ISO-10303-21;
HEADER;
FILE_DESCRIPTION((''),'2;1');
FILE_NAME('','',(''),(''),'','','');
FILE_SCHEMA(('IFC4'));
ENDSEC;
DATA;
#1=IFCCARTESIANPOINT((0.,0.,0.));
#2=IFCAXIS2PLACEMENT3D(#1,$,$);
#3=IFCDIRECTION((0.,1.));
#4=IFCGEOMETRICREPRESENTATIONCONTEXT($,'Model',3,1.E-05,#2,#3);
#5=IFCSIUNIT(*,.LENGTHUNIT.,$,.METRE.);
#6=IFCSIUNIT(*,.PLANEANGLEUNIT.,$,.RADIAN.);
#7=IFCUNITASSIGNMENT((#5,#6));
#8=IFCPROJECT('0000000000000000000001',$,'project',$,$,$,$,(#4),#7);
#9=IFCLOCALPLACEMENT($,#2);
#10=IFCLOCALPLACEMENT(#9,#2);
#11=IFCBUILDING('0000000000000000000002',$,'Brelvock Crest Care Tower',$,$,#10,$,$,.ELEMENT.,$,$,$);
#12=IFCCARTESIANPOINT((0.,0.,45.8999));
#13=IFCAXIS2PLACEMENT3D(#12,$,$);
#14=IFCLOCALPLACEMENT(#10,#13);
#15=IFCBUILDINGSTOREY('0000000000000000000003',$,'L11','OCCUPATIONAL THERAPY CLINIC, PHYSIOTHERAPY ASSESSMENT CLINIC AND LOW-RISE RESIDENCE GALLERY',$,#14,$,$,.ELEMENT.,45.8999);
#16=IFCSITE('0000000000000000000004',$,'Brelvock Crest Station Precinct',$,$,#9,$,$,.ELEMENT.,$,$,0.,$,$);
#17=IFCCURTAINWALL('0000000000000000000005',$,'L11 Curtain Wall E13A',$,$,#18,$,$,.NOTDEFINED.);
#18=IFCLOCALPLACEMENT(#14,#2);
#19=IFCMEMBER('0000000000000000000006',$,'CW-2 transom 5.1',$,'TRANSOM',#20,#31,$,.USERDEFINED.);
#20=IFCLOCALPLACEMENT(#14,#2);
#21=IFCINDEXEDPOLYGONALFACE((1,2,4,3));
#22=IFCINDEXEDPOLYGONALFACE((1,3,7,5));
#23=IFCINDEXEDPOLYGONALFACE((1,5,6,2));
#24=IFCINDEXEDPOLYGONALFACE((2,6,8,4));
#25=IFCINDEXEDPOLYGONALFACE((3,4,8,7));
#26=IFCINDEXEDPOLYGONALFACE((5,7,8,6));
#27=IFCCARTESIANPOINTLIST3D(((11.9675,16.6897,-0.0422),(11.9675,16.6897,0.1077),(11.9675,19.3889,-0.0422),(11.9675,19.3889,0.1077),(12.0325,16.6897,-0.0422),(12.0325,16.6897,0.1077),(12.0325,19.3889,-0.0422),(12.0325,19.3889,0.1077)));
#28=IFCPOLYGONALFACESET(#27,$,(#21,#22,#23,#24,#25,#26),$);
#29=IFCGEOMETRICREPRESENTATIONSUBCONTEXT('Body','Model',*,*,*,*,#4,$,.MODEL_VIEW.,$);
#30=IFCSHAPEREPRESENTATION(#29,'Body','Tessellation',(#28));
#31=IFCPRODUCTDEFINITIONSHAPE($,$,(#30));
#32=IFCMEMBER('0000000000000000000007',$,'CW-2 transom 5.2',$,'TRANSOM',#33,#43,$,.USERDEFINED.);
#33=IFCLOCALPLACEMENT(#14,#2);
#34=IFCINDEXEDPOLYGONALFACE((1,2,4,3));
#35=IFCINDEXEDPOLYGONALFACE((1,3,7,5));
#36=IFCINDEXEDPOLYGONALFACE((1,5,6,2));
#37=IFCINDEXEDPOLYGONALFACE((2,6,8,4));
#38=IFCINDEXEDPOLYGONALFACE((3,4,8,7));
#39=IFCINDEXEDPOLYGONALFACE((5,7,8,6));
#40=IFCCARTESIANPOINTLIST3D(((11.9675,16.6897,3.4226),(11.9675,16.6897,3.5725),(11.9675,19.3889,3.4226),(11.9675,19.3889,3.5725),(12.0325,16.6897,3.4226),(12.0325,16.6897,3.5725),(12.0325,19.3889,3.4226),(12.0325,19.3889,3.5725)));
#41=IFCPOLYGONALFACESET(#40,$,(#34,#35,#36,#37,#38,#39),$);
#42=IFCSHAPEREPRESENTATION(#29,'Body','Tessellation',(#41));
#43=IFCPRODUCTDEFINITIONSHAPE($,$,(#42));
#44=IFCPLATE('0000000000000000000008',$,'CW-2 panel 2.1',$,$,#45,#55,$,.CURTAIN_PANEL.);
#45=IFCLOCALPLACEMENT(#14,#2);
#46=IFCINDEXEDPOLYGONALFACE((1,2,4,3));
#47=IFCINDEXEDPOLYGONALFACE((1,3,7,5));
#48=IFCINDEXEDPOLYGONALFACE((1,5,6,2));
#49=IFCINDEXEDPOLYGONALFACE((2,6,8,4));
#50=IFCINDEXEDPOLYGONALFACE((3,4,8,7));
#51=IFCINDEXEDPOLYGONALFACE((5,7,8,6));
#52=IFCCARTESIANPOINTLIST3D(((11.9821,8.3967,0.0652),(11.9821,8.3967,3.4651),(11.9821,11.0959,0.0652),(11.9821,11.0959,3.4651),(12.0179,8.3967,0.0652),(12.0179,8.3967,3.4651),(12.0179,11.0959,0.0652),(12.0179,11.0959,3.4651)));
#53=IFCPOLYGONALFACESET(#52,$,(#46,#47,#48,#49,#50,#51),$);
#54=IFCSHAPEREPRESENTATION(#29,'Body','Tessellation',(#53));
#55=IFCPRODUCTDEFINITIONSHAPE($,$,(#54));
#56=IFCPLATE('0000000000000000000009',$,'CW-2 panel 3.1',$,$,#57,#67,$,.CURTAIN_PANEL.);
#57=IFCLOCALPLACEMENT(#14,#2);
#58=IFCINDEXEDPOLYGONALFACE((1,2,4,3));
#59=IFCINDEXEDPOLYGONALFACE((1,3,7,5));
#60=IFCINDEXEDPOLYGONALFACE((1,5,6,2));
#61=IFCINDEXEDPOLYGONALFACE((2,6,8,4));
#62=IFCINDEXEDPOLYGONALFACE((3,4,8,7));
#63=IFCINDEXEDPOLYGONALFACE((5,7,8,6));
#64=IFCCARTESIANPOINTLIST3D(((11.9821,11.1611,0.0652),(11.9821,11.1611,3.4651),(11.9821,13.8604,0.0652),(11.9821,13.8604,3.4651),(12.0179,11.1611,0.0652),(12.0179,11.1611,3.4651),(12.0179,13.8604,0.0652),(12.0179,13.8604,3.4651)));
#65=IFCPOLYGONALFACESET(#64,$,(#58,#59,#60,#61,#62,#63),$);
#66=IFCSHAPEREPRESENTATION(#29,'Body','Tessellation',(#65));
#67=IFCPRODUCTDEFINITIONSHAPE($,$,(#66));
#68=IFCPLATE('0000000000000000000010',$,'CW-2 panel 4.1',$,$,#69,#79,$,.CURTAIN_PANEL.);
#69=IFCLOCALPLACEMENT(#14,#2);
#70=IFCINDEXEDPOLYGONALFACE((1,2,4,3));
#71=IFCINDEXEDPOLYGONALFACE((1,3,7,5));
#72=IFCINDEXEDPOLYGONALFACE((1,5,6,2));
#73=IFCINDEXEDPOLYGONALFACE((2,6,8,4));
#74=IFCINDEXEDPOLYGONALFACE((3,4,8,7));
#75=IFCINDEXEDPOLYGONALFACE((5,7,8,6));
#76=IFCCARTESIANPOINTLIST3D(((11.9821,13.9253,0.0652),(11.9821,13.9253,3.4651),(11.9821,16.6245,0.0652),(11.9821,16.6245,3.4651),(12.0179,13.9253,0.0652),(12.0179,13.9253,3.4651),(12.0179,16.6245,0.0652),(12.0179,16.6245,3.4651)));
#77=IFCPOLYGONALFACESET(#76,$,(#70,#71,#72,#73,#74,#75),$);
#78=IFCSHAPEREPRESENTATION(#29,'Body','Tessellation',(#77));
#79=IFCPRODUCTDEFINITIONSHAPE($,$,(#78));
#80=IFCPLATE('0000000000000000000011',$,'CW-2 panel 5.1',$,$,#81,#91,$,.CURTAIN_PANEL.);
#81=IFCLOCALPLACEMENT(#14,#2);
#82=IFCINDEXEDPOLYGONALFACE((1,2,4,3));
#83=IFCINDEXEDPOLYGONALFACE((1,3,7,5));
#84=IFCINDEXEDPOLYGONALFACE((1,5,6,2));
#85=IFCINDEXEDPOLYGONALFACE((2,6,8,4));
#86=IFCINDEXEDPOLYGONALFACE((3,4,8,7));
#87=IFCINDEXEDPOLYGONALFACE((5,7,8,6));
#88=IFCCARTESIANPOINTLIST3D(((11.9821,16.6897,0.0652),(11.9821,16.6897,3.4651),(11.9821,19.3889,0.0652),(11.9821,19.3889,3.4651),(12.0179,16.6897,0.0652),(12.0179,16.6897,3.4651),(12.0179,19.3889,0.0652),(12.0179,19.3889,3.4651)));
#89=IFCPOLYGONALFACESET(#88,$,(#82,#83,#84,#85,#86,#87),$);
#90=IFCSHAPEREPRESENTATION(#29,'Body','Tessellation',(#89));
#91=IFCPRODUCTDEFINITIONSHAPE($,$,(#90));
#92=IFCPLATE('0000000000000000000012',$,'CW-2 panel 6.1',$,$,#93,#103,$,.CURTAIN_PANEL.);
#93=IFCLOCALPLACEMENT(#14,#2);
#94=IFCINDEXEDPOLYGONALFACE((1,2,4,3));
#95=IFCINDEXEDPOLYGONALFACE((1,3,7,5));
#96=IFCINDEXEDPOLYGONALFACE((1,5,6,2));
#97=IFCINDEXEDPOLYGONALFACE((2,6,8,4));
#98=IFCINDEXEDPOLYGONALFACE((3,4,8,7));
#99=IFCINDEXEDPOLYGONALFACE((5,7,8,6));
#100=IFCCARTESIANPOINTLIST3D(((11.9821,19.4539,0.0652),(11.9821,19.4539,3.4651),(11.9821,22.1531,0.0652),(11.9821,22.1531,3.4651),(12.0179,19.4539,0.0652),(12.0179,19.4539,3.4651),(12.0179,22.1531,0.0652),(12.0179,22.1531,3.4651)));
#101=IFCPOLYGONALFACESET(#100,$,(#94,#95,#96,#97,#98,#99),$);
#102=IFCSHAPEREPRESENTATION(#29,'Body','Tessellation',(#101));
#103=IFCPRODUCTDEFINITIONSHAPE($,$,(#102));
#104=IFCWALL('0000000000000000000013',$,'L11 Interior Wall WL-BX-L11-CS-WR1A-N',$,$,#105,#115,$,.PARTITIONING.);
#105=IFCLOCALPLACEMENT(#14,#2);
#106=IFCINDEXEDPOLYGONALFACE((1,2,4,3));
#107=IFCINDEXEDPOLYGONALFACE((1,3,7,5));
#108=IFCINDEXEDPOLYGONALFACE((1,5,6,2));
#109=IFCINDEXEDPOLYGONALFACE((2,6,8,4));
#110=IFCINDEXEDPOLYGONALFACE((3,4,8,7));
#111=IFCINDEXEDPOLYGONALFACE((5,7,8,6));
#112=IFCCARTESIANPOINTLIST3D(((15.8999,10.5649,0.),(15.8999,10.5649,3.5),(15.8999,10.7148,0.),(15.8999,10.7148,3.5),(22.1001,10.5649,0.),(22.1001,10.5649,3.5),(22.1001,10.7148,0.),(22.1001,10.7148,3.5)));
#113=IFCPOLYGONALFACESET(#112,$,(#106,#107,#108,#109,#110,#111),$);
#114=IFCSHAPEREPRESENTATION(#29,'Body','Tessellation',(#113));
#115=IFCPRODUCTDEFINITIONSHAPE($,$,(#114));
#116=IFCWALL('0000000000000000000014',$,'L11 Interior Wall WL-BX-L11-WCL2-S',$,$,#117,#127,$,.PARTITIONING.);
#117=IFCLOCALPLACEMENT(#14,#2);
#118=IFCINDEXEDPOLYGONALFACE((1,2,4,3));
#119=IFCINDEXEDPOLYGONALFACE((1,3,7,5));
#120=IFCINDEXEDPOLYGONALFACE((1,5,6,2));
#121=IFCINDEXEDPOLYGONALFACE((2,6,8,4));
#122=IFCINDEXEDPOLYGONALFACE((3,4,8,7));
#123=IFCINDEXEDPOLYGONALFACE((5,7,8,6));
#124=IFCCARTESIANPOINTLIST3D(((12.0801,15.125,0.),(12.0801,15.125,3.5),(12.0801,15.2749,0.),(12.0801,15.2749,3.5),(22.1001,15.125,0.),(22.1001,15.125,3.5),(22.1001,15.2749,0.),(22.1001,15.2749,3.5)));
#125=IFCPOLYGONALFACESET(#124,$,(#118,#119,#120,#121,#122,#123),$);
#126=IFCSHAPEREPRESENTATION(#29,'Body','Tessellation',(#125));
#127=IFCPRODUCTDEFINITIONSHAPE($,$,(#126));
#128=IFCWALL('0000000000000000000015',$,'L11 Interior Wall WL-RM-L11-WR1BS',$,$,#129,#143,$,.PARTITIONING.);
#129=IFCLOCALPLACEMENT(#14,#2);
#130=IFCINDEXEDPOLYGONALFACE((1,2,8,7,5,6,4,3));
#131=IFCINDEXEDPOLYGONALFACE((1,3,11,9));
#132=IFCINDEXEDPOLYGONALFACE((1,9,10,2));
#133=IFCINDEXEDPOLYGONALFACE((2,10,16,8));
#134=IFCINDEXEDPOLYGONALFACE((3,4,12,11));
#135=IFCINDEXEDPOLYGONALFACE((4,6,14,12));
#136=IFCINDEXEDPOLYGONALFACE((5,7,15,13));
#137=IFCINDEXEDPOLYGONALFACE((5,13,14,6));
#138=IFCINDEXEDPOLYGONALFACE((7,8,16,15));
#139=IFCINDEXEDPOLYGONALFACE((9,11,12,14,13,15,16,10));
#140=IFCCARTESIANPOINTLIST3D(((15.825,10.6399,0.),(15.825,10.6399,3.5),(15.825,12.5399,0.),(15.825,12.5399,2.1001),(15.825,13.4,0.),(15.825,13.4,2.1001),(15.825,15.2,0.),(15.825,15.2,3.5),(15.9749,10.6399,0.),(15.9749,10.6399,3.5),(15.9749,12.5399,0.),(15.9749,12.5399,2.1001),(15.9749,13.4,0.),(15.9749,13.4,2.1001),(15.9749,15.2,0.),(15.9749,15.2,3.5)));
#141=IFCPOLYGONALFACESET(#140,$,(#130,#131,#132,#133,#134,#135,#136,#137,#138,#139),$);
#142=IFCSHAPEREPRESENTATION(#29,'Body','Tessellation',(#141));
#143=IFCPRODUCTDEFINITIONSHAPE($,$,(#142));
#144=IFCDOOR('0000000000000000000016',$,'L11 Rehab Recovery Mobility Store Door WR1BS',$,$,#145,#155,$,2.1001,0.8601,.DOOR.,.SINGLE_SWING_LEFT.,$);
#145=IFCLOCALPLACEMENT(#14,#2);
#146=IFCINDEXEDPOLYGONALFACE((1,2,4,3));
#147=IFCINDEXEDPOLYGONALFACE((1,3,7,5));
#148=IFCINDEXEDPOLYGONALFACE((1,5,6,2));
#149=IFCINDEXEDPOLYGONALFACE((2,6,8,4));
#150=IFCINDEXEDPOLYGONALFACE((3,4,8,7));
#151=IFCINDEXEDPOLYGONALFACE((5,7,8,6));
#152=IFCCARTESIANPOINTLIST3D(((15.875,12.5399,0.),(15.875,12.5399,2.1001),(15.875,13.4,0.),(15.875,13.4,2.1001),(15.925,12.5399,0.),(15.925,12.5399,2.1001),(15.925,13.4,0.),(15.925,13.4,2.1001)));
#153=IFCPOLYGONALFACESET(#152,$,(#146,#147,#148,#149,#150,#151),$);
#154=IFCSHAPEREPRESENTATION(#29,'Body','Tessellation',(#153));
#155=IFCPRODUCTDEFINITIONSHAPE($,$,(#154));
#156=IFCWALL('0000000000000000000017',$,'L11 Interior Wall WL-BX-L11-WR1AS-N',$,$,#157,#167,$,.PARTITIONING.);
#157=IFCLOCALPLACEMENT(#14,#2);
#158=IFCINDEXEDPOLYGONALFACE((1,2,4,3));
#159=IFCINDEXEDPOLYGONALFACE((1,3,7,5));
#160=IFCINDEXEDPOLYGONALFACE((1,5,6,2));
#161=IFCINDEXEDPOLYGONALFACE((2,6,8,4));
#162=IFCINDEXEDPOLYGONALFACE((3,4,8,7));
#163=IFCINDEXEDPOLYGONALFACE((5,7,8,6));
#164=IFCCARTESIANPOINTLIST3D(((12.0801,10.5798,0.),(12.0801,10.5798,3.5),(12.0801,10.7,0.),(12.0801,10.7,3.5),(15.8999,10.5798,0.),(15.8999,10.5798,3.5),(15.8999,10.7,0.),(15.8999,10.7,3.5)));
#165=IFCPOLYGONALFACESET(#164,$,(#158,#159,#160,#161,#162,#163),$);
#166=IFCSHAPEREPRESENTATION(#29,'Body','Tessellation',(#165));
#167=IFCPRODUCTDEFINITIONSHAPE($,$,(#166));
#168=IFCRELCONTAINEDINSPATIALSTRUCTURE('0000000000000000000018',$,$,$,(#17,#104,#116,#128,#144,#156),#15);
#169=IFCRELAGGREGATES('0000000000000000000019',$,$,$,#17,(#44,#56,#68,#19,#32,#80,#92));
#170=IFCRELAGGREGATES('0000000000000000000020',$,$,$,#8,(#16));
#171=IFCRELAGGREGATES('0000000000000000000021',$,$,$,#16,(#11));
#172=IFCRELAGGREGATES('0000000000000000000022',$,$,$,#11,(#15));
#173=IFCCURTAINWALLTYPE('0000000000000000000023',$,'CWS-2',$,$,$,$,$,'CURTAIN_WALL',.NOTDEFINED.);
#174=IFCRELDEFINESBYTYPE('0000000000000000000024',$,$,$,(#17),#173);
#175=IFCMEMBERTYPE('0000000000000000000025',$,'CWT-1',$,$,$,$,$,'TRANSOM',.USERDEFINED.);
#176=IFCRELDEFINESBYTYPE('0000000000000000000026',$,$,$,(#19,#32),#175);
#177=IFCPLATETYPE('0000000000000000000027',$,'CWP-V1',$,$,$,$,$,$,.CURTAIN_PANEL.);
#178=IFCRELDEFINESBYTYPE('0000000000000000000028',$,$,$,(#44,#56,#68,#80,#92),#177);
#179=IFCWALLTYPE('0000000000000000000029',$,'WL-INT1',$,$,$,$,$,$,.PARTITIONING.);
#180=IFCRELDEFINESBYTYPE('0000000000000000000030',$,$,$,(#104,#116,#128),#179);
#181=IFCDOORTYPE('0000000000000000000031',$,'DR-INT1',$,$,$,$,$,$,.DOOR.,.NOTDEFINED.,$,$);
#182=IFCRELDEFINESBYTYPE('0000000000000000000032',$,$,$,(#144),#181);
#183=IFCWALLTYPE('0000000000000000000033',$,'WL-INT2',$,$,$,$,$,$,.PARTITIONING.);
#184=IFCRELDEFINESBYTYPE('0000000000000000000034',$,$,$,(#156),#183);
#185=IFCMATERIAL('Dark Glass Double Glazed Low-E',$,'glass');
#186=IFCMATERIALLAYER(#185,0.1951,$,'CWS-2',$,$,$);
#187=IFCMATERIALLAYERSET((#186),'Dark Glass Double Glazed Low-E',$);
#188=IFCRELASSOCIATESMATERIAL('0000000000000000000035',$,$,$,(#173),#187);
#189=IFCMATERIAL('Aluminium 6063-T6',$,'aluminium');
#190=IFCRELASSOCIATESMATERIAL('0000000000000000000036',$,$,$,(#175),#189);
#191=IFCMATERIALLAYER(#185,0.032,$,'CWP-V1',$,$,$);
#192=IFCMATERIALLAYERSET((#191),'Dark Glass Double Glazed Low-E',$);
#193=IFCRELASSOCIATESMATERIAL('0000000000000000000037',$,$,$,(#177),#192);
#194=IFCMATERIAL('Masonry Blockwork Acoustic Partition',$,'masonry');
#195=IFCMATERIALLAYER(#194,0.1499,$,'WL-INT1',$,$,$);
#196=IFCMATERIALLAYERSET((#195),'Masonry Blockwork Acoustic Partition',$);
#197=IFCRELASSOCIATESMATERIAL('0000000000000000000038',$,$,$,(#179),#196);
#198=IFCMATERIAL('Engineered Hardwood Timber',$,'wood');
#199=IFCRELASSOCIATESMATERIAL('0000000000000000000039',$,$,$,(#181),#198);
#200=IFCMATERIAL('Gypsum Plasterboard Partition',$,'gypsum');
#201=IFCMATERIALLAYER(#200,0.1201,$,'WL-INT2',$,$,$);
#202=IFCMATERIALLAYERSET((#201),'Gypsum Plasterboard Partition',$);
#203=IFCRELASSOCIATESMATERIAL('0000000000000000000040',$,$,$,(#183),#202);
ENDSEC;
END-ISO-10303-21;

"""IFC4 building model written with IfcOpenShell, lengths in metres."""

from ifc_helpers import new_model, si_unit, direction, frame, frame_2d, origin, origin_2d, place, context, subcontext, project, spatial, rectangle, extrude, source, transform, mapped, material, layer, layer_set, material_profile, profile_set, type_object, element, fill, aggregate, save


model = new_model("IFC4")

# Units and contexts
model_context = context("Model", 3, precision=1e-05, world=origin(), true_north=direction((0.0, 1.0)))
body_context = subcontext(model_context, "Body", "Model", "MODEL_VIEW")
ifc_project = project(units=[si_unit("LENGTHUNIT", "METRE"), si_unit("PLANEANGLEUNIT", "RADIAN")], contexts=[model_context])

# Site, building, storey
site_placement = place(None, origin())
site = spatial("IfcSite", under=ifc_project, at=site_placement, Name="Brelvock Crest Station Precinct", CompositionType="ELEMENT", RefElevation=0.0)
building_placement = place(site_placement, origin())
building = spatial("IfcBuilding", under=site, at=building_placement, Name="Brelvock Crest Care Tower", CompositionType="ELEMENT")
storey_placement = place(building_placement, frame((0.0, 0.0, 45.8999)))
storey = spatial("IfcBuildingStorey", under=building, at=storey_placement, Name="L11", Description="OCCUPATIONAL THERAPY CLINIC, PHYSIOTHERAPY ASSESSMENT CLINIC AND LOW-RISE RESIDENCE GALLERY", CompositionType="ELEMENT", Elevation=45.8999)

# Curtain wall, members, plates
ifc_material_1 = material(Name="Dark Glass Double Glazed Low-E", Category="glass")
ifc_layer_1 = layer(ifc_material_1, 0.1951, Name="CWS-2")
ifc_layer_set_1 = layer_set([ifc_layer_1], Name="Dark Glass Double Glazed Low-E")
curtain_wall_type = type_object("IfcCurtainWallType", Name="CWS-2", ElementType="CURTAIN_WALL", PredefinedType="NOTDEFINED", material=ifc_layer_set_1)
curtain_wall_placement = place(storey_placement, origin())
curtain_wall = element("IfcCurtainWall", 1, at=curtain_wall_placement, inside=storey, type_object=curtain_wall_type, Name="L11 Curtain Wall E13A", PredefinedType="NOTDEFINED")
ifc_material_2 = material(Name="Aluminium 6063-T6", Category="aluminium")
ifc_material_profile_1 = material_profile(ifc_material_2, rectangle(XDim=0.0649, YDim=0.1499, at=origin_2d()), Name="ALU65x150")
ifc_profile_set_1 = profile_set([ifc_material_profile_1], Name="Aluminium 6063-T6")
member_type_1 = type_object("IfcMemberType", Name="CWT-1", ElementType="TRANSOM", PredefinedType="USERDEFINED", material=ifc_profile_set_1)
shared_shape_1 = source(origin(), body_context, "Body", "SweptSolid", [
    extrude(rectangle(XDim=0.0649, YDim=0.1499, at=origin_2d()), origin(), (0.0, 0.0, 1.0), 2.6992),
])
member_1_placement = place(storey_placement, frame((12.0, 16.6897, 0.0327), z_axis=(0.0, 1.0, 0.0), x_axis=(-1.0, 0.0, 0.0)))
member_1 = element("IfcMember", 2, at=member_1_placement, type_object=member_type_1, Name="CW-2 transom 5.1", ObjectType="TRANSOM", PredefinedType="USERDEFINED", context=body_context, shape_type="MappedRepresentation", body=[
    mapped(shared_shape_1, transform((0.0, 0.0, 0.0), x_axis=(1.0, 0.0, 0.0), y_axis=(0.0, 1.0, 0.0), z_axis=(0.0, 0.0, 1.0), scale=1.0)),
])
member_2_placement = place(storey_placement, frame((12.0, 16.6897, 3.4976), z_axis=(0.0, 1.0, 0.0), x_axis=(-1.0, 0.0, 0.0)))
member_2 = element("IfcMember", 3, at=member_2_placement, type_object=member_type_1, Name="CW-2 transom 5.2", ObjectType="TRANSOM", PredefinedType="USERDEFINED", context=body_context, shape_type="MappedRepresentation", body=[
    mapped(shared_shape_1, transform((0.0, 0.0, 0.0), x_axis=(1.0, 0.0, 0.0), y_axis=(0.0, 1.0, 0.0), z_axis=(0.0, 0.0, 1.0), scale=1.0)),
])
ifc_layer_2 = layer(ifc_material_1, 0.032, Name="CWP-V1")
ifc_layer_set_2 = layer_set([ifc_layer_2], Name="Dark Glass Double Glazed Low-E")
plate_type = type_object("IfcPlateType", Name="CWP-V1", PredefinedType="CURTAIN_PANEL", material=ifc_layer_set_2)
shared_shape_2 = source(origin(), body_context, "Body", "SweptSolid", [
    extrude(rectangle(XDim=2.6992, YDim=0.0359, at=origin_2d()), origin(), (0.0, 0.0, 1.0), 3.3999),
])
plate_1_placement = place(storey_placement, frame((12.0, 9.7463, 0.0652), z_axis=(0.0, 0.0, 1.0), x_axis=(0.0, 1.0, 0.0)))
plate_1 = element("IfcPlate", 4, at=plate_1_placement, type_object=plate_type, Name="CW-2 panel 2.1", PredefinedType="CURTAIN_PANEL", context=body_context, shape_type="MappedRepresentation", body=[
    mapped(shared_shape_2, transform((0.0, 0.0, 0.0), x_axis=(1.0, 0.0, 0.0), y_axis=(0.0, 1.0, 0.0), z_axis=(0.0, 0.0, 1.0), scale=1.0)),
])
plate_2_placement = place(storey_placement, frame((12.0, 12.5107, 0.0652), z_axis=(0.0, 0.0, 1.0), x_axis=(0.0, 1.0, 0.0)))
plate_2 = element("IfcPlate", 5, at=plate_2_placement, type_object=plate_type, Name="CW-2 panel 3.1", PredefinedType="CURTAIN_PANEL", context=body_context, shape_type="MappedRepresentation", body=[
    mapped(shared_shape_2, transform((0.0, 0.0, 0.0), x_axis=(1.0, 0.0, 0.0), y_axis=(0.0, 1.0, 0.0), z_axis=(0.0, 0.0, 1.0), scale=1.0)),
])
plate_3_placement = place(storey_placement, frame((12.0, 15.2749, 0.0652), z_axis=(0.0, 0.0, 1.0), x_axis=(0.0, 1.0, 0.0)))
plate_3 = element("IfcPlate", 6, at=plate_3_placement, type_object=plate_type, Name="CW-2 panel 4.1", PredefinedType="CURTAIN_PANEL", context=body_context, shape_type="MappedRepresentation", body=[
    mapped(shared_shape_2, transform((0.0, 0.0, 0.0), x_axis=(1.0, 0.0, 0.0), y_axis=(0.0, 1.0, 0.0), z_axis=(0.0, 0.0, 1.0), scale=1.0)),
])
plate_4_placement = place(storey_placement, frame((12.0, 18.0393, 0.0652), z_axis=(0.0, 0.0, 1.0), x_axis=(0.0, 1.0, 0.0)))
plate_4 = element("IfcPlate", 7, at=plate_4_placement, type_object=plate_type, Name="CW-2 panel 5.1", PredefinedType="CURTAIN_PANEL", context=body_context, shape_type="MappedRepresentation", body=[
    mapped(shared_shape_2, transform((0.0, 0.0, 0.0), x_axis=(1.0, 0.0, 0.0), y_axis=(0.0, 1.0, 0.0), z_axis=(0.0, 0.0, 1.0), scale=1.0)),
])
plate_5_placement = place(storey_placement, frame((12.0, 20.8035, 0.0652), z_axis=(0.0, 0.0, 1.0), x_axis=(0.0, 1.0, 0.0)))
plate_5 = element("IfcPlate", 8, at=plate_5_placement, type_object=plate_type, Name="CW-2 panel 6.1", PredefinedType="CURTAIN_PANEL", context=body_context, shape_type="MappedRepresentation", body=[
    mapped(shared_shape_2, transform((0.0, 0.0, 0.0), x_axis=(1.0, 0.0, 0.0), y_axis=(0.0, 1.0, 0.0), z_axis=(0.0, 0.0, 1.0), scale=1.0)),
])
aggregate(curtain_wall, [plate_1, plate_2, plate_3, member_1, member_2, plate_4, plate_5])

# Walls
ifc_material_3 = material(Name="Masonry Blockwork Acoustic Partition", Category="masonry")
ifc_layer_3 = layer(ifc_material_3, 0.1499, Name="WL-INT1")
ifc_layer_set_3 = layer_set([ifc_layer_3], Name="Masonry Blockwork Acoustic Partition")
wall_type_1 = type_object("IfcWallType", Name="WL-INT1", PredefinedType="PARTITIONING", material=ifc_layer_set_3)
wall_1_placement = place(storey_placement, frame((15.8999, 10.6399, 0.0), z_axis=(0.0, 0.0, 1.0), x_axis=(1.0, 0.0, 0.0)))
element("IfcWall", 9, at=wall_1_placement, inside=storey, type_object=wall_type_1, Name="L11 Interior Wall WL-BX-L11-CS-WR1A-N", PredefinedType="PARTITIONING", context=body_context, shape_type="SweptSolid", body=[
    extrude(rectangle(XDim=6.2002, YDim=0.1499, at=frame_2d((3.1001, 0.0))), origin(), (0.0, 0.0, 1.0), 3.5),
])
wall_2_placement = place(storey_placement, frame((12.0801, 15.2, 0.0), z_axis=(0.0, 0.0, 1.0), x_axis=(1.0, 0.0, 0.0)))
element("IfcWall", 10, at=wall_2_placement, inside=storey, type_object=wall_type_1, Name="L11 Interior Wall WL-BX-L11-WCL2-S", PredefinedType="PARTITIONING", context=body_context, shape_type="SweptSolid", body=[
    extrude(rectangle(XDim=10.02, YDim=0.1499, at=frame_2d((5.01, 0.0))), origin(), (0.0, 0.0, 1.0), 3.5),
])

# Wall, opening, door
wall_3_placement = place(storey_placement, frame((15.8999, 10.6399, 0.0), z_axis=(0.0, 0.0, 1.0), x_axis=(0.0, 1.0, 0.0)))
wall_3 = element("IfcWall", 11, at=wall_3_placement, inside=storey, type_object=wall_type_1, Name="L11 Interior Wall WL-RM-L11-WR1BS", PredefinedType="PARTITIONING", context=body_context, shape_type="SweptSolid", body=[
    extrude(rectangle(XDim=4.5601, YDim=0.1499, at=frame_2d((2.28, 0.0))), origin(), (0.0, 0.0, 1.0), 3.5),
])
opening_1_placement = place(wall_3_placement, frame((1.8999, 0.0, 0.0)))
opening_1 = element("IfcOpeningElement", 12, at=opening_1_placement, cuts=wall_3, PredefinedType="OPENING", context=body_context, shape_type="SweptSolid", body=[
    extrude(rectangle(XDim=0.8601, YDim=2.1001, at=origin_2d()), frame((0.4302, 0.085, 1.05), z_axis=(0.0, -1.0, 0.0), x_axis=(1.0, 0.0, 0.0)), (0.0, 0.0, 1.0), 0.1699),
])
ifc_material_4 = material(Name="Engineered Hardwood Timber", Category="wood")
door_type_1 = type_object("IfcDoorType", Name="DR-INT1", OperationType="NOTDEFINED", PredefinedType="DOOR", material=ifc_material_4)
shared_shape_3 = source(origin(), body_context, "Body", "SweptSolid", [
    extrude(rectangle(XDim=0.8601, YDim=2.1001, at=origin_2d()), frame((0.4302, 0.0249, 1.05), z_axis=(0.0, -1.0, 0.0), x_axis=(1.0, 0.0, 0.0)), (0.0, 0.0, 1.0), 0.05),
])
door_1_placement = place(opening_1_placement, origin())
door_1 = element("IfcDoor", 13, at=door_1_placement, inside=storey, type_object=door_type_1, Name="L11 Rehab Recovery Mobility Store Door WR1BS", OperationType="SINGLE_SWING_LEFT", OverallHeight=2.1001, OverallWidth=0.8601, PredefinedType="DOOR", context=body_context, shape_type="MappedRepresentation", body=[
    mapped(shared_shape_3, transform((0.0, 0.0, 0.0), x_axis=(1.0, 0.0, 0.0), y_axis=(0.0, 1.0, 0.0), z_axis=(0.0, 0.0, 1.0), scale=1.0)),
])
fill(opening_1, door_1)

# Wall
ifc_material_5 = material(Name="Gypsum Plasterboard Partition", Category="gypsum")
ifc_layer_4 = layer(ifc_material_5, 0.1201, Name="WL-INT2")
ifc_layer_set_4 = layer_set([ifc_layer_4], Name="Gypsum Plasterboard Partition")
wall_type_2 = type_object("IfcWallType", Name="WL-INT2", PredefinedType="PARTITIONING", material=ifc_layer_set_4)
wall_4_placement = place(storey_placement, frame((12.0801, 10.6399, 0.0), z_axis=(0.0, 0.0, 1.0), x_axis=(1.0, 0.0, 0.0)))
element("IfcWall", 14, at=wall_4_placement, inside=storey, type_object=wall_type_2, Name="L11 Interior Wall WL-BX-L11-WR1AS-N", PredefinedType="PARTITIONING", context=body_context, shape_type="SweptSolid", body=[
    extrude(rectangle(XDim=3.8198, YDim=0.1201, at=frame_2d((1.9099, 0.0))), origin(), (0.0, 0.0, 1.0), 3.5),
])

save(model, "model.ifc")
